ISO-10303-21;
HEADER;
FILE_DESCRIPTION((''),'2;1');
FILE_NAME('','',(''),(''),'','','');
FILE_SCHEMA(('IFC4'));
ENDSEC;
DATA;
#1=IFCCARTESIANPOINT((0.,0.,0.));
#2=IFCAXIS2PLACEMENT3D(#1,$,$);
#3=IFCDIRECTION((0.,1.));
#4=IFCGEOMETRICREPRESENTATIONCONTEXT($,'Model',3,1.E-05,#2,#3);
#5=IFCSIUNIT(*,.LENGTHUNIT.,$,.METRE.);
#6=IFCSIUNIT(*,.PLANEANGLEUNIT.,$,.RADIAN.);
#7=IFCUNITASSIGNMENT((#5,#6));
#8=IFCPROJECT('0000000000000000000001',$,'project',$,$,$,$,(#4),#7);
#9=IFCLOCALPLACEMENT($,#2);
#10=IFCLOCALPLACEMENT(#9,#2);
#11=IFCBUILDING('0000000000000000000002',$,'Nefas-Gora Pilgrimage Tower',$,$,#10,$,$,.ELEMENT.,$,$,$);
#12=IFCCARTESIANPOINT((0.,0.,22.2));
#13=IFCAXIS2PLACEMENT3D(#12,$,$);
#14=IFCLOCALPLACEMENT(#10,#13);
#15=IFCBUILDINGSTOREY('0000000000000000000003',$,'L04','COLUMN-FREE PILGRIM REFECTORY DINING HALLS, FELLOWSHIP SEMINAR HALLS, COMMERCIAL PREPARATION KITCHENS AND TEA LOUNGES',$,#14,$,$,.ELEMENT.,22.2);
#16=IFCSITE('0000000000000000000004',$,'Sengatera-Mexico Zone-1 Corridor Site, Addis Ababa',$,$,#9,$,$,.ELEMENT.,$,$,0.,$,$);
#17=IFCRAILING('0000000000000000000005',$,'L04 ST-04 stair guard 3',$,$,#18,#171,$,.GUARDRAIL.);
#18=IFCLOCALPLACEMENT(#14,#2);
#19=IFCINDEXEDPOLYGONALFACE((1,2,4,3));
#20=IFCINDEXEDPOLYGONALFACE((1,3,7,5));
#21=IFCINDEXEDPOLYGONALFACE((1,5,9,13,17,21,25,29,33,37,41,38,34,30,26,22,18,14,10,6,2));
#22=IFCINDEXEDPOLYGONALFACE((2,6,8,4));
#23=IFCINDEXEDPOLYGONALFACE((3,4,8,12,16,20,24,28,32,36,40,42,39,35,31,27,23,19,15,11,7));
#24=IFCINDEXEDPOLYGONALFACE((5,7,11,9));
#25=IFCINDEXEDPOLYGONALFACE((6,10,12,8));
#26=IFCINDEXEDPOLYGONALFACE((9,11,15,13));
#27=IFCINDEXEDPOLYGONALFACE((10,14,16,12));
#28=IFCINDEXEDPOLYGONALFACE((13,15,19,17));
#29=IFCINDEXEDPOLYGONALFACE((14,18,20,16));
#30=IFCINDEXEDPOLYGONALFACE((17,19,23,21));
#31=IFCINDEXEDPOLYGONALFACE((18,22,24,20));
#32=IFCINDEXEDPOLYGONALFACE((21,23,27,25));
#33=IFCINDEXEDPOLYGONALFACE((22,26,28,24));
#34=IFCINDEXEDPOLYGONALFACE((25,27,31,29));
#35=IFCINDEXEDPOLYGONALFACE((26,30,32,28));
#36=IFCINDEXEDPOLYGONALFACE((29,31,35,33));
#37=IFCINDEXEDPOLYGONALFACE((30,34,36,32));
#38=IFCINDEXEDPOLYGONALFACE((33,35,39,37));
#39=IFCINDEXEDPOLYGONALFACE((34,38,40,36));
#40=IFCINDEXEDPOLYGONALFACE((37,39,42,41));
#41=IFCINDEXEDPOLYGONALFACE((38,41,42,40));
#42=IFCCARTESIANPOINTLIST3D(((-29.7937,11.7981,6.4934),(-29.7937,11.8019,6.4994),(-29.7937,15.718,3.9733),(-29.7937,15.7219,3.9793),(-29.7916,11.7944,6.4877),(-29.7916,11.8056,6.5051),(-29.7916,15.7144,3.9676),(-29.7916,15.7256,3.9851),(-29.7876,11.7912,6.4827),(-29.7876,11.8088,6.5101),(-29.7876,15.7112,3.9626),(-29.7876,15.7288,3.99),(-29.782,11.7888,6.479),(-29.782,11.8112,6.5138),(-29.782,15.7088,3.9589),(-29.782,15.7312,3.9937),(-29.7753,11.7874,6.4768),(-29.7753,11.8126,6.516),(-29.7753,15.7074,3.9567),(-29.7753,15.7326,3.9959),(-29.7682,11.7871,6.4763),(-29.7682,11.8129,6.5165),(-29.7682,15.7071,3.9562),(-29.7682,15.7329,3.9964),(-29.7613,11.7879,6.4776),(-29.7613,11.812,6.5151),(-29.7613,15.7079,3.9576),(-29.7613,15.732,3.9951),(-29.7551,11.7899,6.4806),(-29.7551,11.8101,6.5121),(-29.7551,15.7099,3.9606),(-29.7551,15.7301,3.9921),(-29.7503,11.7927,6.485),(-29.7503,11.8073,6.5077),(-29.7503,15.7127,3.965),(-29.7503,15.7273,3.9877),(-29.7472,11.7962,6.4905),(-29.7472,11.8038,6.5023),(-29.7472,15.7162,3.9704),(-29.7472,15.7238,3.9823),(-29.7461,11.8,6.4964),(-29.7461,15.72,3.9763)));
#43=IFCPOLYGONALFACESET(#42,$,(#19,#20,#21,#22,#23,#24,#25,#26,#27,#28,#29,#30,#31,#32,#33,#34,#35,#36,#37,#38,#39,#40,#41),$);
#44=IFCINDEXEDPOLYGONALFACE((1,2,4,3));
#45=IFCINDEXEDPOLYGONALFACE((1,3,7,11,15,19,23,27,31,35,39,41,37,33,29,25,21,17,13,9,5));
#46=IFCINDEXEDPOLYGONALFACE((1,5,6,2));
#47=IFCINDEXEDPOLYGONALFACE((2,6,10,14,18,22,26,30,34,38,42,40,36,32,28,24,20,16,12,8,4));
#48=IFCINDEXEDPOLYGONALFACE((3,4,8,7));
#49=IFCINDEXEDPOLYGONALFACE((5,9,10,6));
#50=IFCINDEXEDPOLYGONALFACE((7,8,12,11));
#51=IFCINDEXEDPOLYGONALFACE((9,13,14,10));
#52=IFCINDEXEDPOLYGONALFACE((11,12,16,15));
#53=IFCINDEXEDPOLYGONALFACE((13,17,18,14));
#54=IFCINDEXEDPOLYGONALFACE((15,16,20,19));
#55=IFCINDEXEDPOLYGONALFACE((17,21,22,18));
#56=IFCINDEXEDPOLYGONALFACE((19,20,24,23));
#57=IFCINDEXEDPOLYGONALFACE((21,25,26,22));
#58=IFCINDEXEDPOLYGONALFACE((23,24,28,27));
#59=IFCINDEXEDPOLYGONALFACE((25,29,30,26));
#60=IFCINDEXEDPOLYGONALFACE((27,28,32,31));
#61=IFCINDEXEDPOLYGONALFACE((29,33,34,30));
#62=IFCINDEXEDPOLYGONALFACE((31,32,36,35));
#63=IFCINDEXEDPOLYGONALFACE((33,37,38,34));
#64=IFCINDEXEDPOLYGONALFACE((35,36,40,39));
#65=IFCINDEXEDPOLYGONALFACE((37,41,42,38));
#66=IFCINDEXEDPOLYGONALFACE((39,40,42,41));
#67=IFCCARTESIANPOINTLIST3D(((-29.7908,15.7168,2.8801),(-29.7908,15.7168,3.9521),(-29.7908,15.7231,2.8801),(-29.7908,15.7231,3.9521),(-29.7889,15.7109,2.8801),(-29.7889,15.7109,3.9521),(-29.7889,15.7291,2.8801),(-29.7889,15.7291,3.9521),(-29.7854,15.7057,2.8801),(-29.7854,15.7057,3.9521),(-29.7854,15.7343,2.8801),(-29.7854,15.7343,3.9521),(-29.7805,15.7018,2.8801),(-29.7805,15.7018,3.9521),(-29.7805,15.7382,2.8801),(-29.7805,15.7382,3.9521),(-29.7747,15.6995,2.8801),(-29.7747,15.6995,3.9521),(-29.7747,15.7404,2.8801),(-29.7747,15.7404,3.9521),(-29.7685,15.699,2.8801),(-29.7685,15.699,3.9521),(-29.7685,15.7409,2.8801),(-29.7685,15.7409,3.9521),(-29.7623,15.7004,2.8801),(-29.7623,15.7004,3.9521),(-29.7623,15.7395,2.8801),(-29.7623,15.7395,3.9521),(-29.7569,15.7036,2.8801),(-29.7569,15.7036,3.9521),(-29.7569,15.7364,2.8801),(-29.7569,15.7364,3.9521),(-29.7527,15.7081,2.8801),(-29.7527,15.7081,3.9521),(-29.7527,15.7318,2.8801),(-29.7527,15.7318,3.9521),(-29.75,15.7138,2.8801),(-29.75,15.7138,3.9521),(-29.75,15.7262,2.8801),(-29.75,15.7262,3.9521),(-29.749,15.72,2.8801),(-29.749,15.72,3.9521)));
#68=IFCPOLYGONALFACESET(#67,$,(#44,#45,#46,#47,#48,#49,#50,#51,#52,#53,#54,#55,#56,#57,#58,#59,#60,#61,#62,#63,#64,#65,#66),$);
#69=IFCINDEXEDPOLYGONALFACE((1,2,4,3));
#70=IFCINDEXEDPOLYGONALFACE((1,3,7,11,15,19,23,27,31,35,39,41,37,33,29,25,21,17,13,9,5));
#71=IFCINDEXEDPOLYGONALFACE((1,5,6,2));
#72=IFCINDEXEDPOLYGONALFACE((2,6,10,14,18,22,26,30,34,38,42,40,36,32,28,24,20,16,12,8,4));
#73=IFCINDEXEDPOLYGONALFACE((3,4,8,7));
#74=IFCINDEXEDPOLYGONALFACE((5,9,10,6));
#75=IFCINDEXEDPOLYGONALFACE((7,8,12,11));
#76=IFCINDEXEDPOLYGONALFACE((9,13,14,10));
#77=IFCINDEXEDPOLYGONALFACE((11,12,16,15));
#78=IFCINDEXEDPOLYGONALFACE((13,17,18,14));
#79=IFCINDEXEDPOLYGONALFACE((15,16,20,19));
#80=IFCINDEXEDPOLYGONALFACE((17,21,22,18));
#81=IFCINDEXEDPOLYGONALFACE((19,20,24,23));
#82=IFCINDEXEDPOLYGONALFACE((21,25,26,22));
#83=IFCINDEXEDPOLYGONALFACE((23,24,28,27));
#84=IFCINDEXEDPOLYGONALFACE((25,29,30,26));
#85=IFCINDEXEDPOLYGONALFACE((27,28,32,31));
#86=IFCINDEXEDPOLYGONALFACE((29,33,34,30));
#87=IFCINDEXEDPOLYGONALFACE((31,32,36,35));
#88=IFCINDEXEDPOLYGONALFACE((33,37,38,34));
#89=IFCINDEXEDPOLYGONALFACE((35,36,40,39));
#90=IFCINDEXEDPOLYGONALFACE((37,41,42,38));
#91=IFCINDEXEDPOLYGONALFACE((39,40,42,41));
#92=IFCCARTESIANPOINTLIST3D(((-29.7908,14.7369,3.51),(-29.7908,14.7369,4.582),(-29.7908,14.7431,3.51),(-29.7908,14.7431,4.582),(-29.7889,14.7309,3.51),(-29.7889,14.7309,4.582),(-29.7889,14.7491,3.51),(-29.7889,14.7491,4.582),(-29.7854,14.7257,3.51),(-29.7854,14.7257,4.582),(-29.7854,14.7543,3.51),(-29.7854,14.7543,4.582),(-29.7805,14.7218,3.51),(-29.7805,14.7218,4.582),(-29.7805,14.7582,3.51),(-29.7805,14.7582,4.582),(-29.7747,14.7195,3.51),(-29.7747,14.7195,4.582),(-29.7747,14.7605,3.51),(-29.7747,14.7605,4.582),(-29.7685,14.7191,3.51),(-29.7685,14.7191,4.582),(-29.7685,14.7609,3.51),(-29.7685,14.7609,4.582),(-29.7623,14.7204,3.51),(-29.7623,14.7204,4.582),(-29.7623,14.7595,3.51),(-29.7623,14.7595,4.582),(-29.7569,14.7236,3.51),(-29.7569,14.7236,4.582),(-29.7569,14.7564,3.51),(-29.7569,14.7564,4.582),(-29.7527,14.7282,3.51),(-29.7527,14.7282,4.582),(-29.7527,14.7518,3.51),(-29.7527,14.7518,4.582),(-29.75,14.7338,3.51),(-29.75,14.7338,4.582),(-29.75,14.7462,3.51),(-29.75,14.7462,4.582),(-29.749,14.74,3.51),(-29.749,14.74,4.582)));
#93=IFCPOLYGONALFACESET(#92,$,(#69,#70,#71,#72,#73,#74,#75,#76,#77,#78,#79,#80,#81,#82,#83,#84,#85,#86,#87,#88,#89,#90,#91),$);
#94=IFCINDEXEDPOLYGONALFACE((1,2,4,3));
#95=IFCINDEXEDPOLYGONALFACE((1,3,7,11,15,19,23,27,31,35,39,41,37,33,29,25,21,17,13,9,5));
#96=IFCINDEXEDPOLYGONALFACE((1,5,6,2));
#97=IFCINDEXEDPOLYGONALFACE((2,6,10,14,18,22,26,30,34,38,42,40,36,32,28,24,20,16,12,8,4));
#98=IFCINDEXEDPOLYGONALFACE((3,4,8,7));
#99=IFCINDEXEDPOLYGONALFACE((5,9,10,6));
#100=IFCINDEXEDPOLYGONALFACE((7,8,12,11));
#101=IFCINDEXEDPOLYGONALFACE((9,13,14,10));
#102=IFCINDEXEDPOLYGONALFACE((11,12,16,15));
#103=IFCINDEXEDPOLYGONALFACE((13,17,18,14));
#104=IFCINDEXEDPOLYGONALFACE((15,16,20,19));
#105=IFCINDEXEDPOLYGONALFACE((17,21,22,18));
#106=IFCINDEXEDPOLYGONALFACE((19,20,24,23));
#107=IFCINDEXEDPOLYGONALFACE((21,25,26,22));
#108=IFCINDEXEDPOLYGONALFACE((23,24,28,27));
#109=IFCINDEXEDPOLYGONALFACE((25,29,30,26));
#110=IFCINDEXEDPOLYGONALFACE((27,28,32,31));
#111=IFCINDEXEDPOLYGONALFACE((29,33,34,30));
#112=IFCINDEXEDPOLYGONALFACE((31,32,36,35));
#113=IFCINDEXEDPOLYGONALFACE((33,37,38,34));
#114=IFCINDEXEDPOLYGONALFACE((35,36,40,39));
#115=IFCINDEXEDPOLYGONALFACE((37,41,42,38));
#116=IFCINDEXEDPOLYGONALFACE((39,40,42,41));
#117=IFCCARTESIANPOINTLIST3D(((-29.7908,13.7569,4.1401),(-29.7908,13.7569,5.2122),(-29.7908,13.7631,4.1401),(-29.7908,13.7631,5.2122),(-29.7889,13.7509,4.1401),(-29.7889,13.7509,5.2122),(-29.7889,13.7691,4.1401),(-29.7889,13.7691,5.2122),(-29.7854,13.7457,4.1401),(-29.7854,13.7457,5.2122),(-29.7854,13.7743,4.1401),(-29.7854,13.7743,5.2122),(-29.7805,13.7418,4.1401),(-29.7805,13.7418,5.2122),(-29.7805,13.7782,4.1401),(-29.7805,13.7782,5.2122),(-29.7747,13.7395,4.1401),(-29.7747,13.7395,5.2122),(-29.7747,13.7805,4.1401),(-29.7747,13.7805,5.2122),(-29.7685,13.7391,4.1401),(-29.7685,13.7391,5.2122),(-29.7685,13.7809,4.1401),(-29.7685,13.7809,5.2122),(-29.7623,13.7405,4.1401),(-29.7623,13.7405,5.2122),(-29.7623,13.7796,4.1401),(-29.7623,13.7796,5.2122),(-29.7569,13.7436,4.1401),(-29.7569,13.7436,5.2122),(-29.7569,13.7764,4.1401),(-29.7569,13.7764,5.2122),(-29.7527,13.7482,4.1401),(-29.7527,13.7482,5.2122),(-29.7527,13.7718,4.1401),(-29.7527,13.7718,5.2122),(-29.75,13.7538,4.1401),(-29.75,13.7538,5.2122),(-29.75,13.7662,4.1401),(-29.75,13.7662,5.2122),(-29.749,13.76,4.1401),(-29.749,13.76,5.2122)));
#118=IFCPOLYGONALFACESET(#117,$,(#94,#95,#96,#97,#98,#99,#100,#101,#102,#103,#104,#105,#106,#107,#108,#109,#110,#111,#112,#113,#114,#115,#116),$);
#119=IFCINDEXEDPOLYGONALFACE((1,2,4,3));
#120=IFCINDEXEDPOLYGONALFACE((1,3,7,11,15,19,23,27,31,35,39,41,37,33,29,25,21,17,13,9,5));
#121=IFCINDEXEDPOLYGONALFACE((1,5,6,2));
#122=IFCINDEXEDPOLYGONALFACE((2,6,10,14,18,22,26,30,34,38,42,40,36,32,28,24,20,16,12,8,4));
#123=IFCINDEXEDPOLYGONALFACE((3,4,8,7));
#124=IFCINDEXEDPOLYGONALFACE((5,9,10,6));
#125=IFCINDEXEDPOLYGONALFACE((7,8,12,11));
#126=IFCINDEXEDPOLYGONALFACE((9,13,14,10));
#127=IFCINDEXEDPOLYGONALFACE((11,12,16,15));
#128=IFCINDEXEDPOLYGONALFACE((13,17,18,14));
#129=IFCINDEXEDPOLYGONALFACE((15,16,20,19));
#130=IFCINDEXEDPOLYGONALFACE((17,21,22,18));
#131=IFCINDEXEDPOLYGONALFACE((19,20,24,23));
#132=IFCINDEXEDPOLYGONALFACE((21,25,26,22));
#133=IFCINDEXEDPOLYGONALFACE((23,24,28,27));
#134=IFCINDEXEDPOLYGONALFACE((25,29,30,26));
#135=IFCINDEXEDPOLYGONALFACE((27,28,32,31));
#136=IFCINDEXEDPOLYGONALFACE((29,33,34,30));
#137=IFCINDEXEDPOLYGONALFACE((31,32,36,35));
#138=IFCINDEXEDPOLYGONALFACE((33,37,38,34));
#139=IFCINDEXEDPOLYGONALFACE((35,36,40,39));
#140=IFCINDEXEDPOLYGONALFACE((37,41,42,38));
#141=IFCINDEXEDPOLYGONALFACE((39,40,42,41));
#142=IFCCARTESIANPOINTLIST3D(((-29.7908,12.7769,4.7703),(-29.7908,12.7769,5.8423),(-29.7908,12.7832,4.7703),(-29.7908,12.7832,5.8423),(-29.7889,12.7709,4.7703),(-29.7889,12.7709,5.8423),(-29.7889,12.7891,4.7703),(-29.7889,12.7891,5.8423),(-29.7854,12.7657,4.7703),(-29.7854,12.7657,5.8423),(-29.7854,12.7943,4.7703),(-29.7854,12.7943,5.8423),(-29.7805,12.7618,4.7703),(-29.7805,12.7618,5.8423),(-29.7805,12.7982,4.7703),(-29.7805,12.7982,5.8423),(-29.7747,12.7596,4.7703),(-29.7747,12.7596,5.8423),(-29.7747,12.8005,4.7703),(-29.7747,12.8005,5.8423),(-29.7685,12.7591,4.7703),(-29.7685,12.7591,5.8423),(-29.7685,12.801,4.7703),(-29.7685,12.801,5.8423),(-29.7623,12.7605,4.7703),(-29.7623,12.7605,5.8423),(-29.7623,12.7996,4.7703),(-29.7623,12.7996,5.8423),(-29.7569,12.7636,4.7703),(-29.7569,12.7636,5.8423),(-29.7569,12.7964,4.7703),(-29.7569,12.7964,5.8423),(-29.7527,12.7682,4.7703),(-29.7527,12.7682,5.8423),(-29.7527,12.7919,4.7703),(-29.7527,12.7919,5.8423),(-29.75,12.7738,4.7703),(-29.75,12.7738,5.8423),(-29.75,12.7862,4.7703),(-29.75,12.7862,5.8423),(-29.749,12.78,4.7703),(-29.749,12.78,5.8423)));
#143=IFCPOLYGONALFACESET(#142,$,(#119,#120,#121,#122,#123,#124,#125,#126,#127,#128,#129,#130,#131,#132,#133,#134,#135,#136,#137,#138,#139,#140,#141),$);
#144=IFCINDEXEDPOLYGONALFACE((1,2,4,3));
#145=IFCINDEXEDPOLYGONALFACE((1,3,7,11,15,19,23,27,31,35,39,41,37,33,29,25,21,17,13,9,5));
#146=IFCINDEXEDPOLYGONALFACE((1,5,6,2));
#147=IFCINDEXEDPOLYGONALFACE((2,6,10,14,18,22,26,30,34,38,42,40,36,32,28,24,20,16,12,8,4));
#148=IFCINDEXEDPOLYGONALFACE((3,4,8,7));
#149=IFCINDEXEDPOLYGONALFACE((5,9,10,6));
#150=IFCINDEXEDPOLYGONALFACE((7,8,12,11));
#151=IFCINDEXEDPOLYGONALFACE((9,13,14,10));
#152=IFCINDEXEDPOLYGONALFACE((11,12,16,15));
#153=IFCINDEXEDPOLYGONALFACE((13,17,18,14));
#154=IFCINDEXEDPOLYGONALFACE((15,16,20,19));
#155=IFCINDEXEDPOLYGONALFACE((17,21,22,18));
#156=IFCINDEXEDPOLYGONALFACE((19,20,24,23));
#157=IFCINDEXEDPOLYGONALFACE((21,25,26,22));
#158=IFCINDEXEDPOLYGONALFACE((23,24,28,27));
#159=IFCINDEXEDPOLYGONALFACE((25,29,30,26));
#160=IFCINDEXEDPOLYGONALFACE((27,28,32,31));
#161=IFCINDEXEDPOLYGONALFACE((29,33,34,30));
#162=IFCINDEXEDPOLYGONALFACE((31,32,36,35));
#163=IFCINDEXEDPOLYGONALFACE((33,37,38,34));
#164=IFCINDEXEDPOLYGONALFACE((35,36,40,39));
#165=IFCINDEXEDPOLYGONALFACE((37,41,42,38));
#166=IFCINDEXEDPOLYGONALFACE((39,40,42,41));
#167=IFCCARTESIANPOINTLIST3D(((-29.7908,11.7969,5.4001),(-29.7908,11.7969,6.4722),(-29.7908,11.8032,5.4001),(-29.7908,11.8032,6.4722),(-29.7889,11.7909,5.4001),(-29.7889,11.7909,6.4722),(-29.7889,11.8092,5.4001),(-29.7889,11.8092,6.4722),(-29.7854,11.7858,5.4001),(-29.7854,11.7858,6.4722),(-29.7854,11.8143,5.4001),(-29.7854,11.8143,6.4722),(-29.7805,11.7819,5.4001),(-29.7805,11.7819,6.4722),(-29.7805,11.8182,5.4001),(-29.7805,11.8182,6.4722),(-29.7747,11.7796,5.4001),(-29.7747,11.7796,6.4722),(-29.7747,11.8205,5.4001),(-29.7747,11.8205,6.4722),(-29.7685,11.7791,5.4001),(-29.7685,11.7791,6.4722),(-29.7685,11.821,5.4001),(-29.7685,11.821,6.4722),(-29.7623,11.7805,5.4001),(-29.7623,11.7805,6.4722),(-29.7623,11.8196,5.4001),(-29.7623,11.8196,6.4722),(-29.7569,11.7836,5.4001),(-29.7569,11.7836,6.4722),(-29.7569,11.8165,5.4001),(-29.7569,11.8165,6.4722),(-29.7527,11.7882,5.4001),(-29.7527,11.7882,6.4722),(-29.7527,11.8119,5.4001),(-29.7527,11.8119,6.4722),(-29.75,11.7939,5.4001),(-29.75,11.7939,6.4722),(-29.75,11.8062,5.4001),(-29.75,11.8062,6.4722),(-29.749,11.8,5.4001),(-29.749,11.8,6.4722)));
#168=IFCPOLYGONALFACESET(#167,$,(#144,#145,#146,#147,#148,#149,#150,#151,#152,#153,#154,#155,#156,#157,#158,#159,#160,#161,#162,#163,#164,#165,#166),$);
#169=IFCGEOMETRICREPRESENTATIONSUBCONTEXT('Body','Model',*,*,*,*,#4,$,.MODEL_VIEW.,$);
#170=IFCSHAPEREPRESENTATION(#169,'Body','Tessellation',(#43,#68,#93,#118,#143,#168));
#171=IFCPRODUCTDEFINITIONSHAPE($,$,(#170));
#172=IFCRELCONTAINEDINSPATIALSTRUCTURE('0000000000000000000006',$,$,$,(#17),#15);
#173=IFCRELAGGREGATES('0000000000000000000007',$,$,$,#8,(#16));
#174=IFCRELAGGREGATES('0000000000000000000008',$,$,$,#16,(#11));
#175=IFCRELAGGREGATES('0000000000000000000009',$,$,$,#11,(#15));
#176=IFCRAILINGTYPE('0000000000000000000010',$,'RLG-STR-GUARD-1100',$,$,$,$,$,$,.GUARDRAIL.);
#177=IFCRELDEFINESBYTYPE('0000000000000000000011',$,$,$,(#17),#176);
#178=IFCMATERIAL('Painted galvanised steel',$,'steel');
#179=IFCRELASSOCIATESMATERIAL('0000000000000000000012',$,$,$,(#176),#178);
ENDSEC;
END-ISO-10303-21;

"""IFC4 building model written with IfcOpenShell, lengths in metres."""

from ifc_helpers import new_model, si_unit, direction, frame, origin, origin_2d, place, context, subcontext, project, spatial, circle, extrude, material, type_object, element, save


model = new_model("IFC4")

# Units and contexts
model_context = context("Model", 3, precision=1e-05, world=origin(), true_north=direction((0.0, 1.0)))
body_context = subcontext(model_context, "Body", "Model", "MODEL_VIEW")
ifc_project = project(units=[si_unit("LENGTHUNIT", "METRE"), si_unit("PLANEANGLEUNIT", "RADIAN")], contexts=[model_context])

# Site, building, storey
site_placement = place(None, origin())
site = spatial("IfcSite", under=ifc_project, at=site_placement, Name="Sengatera-Mexico Zone-1 Corridor Site, Addis Ababa", CompositionType="ELEMENT", RefElevation=0.0)
building_placement = place(site_placement, origin())
building = spatial("IfcBuilding", under=site, at=building_placement, Name="Nefas-Gora Pilgrimage Tower", CompositionType="ELEMENT")
storey_placement = place(building_placement, frame((0.0, 0.0, 22.2)))
storey = spatial("IfcBuildingStorey", under=building, at=storey_placement, Name="L04", Description="COLUMN-FREE PILGRIM REFECTORY DINING HALLS, FELLOWSHIP SEMINAR HALLS, COMMERCIAL PREPARATION KITCHENS AND TEA LOUNGES", CompositionType="ELEMENT", Elevation=22.2)

# Railing
ifc_material_1 = material(Name="Painted galvanised steel", Category="steel")
railing_type_1 = type_object("IfcRailingType", Name="RLG-STR-GUARD-1100", PredefinedType="GUARDRAIL", material=ifc_material_1)
railing_1_placement = place(storey_placement, frame((-29.77, 15.72, 2.8801)))
element("IfcRailing", 1, at=railing_1_placement, inside=storey, type_object=railing_type_1, Name="L04 ST-04 stair guard 3", PredefinedType="GUARDRAIL", context=body_context, shape_type="SweptSolid", body=[
    extrude(circle(Radius=0.0239, at=origin_2d()), frame((0.0, 0.0, 1.0962), z_axis=(0.0, -0.841172, 0.540768), x_axis=(1.0, 0.0, 0.0)), (0.0, 0.0, 1.0), 4.6602),
    extrude(circle(Radius=0.021, at=origin_2d()), origin(), (0.0, 0.0, 1.0), 1.072),
    extrude(circle(Radius=0.021, at=origin_2d()), frame((0.0, -0.98, 0.6299)), (0.0, 0.0, 1.0), 1.072),
    extrude(circle(Radius=0.021, at=origin_2d()), frame((0.0, -1.96, 1.26)), (0.0, 0.0, 1.0), 1.072),
    extrude(circle(Radius=0.021, at=origin_2d()), frame((0.0, -2.9399, 1.8901)), (0.0, 0.0, 1.0), 1.072),
    extrude(circle(Radius=0.021, at=origin_2d()), frame((0.0, -3.9199, 2.52)), (0.0, 0.0, 1.0), 1.072),
])

save(model, "model.ifc")
